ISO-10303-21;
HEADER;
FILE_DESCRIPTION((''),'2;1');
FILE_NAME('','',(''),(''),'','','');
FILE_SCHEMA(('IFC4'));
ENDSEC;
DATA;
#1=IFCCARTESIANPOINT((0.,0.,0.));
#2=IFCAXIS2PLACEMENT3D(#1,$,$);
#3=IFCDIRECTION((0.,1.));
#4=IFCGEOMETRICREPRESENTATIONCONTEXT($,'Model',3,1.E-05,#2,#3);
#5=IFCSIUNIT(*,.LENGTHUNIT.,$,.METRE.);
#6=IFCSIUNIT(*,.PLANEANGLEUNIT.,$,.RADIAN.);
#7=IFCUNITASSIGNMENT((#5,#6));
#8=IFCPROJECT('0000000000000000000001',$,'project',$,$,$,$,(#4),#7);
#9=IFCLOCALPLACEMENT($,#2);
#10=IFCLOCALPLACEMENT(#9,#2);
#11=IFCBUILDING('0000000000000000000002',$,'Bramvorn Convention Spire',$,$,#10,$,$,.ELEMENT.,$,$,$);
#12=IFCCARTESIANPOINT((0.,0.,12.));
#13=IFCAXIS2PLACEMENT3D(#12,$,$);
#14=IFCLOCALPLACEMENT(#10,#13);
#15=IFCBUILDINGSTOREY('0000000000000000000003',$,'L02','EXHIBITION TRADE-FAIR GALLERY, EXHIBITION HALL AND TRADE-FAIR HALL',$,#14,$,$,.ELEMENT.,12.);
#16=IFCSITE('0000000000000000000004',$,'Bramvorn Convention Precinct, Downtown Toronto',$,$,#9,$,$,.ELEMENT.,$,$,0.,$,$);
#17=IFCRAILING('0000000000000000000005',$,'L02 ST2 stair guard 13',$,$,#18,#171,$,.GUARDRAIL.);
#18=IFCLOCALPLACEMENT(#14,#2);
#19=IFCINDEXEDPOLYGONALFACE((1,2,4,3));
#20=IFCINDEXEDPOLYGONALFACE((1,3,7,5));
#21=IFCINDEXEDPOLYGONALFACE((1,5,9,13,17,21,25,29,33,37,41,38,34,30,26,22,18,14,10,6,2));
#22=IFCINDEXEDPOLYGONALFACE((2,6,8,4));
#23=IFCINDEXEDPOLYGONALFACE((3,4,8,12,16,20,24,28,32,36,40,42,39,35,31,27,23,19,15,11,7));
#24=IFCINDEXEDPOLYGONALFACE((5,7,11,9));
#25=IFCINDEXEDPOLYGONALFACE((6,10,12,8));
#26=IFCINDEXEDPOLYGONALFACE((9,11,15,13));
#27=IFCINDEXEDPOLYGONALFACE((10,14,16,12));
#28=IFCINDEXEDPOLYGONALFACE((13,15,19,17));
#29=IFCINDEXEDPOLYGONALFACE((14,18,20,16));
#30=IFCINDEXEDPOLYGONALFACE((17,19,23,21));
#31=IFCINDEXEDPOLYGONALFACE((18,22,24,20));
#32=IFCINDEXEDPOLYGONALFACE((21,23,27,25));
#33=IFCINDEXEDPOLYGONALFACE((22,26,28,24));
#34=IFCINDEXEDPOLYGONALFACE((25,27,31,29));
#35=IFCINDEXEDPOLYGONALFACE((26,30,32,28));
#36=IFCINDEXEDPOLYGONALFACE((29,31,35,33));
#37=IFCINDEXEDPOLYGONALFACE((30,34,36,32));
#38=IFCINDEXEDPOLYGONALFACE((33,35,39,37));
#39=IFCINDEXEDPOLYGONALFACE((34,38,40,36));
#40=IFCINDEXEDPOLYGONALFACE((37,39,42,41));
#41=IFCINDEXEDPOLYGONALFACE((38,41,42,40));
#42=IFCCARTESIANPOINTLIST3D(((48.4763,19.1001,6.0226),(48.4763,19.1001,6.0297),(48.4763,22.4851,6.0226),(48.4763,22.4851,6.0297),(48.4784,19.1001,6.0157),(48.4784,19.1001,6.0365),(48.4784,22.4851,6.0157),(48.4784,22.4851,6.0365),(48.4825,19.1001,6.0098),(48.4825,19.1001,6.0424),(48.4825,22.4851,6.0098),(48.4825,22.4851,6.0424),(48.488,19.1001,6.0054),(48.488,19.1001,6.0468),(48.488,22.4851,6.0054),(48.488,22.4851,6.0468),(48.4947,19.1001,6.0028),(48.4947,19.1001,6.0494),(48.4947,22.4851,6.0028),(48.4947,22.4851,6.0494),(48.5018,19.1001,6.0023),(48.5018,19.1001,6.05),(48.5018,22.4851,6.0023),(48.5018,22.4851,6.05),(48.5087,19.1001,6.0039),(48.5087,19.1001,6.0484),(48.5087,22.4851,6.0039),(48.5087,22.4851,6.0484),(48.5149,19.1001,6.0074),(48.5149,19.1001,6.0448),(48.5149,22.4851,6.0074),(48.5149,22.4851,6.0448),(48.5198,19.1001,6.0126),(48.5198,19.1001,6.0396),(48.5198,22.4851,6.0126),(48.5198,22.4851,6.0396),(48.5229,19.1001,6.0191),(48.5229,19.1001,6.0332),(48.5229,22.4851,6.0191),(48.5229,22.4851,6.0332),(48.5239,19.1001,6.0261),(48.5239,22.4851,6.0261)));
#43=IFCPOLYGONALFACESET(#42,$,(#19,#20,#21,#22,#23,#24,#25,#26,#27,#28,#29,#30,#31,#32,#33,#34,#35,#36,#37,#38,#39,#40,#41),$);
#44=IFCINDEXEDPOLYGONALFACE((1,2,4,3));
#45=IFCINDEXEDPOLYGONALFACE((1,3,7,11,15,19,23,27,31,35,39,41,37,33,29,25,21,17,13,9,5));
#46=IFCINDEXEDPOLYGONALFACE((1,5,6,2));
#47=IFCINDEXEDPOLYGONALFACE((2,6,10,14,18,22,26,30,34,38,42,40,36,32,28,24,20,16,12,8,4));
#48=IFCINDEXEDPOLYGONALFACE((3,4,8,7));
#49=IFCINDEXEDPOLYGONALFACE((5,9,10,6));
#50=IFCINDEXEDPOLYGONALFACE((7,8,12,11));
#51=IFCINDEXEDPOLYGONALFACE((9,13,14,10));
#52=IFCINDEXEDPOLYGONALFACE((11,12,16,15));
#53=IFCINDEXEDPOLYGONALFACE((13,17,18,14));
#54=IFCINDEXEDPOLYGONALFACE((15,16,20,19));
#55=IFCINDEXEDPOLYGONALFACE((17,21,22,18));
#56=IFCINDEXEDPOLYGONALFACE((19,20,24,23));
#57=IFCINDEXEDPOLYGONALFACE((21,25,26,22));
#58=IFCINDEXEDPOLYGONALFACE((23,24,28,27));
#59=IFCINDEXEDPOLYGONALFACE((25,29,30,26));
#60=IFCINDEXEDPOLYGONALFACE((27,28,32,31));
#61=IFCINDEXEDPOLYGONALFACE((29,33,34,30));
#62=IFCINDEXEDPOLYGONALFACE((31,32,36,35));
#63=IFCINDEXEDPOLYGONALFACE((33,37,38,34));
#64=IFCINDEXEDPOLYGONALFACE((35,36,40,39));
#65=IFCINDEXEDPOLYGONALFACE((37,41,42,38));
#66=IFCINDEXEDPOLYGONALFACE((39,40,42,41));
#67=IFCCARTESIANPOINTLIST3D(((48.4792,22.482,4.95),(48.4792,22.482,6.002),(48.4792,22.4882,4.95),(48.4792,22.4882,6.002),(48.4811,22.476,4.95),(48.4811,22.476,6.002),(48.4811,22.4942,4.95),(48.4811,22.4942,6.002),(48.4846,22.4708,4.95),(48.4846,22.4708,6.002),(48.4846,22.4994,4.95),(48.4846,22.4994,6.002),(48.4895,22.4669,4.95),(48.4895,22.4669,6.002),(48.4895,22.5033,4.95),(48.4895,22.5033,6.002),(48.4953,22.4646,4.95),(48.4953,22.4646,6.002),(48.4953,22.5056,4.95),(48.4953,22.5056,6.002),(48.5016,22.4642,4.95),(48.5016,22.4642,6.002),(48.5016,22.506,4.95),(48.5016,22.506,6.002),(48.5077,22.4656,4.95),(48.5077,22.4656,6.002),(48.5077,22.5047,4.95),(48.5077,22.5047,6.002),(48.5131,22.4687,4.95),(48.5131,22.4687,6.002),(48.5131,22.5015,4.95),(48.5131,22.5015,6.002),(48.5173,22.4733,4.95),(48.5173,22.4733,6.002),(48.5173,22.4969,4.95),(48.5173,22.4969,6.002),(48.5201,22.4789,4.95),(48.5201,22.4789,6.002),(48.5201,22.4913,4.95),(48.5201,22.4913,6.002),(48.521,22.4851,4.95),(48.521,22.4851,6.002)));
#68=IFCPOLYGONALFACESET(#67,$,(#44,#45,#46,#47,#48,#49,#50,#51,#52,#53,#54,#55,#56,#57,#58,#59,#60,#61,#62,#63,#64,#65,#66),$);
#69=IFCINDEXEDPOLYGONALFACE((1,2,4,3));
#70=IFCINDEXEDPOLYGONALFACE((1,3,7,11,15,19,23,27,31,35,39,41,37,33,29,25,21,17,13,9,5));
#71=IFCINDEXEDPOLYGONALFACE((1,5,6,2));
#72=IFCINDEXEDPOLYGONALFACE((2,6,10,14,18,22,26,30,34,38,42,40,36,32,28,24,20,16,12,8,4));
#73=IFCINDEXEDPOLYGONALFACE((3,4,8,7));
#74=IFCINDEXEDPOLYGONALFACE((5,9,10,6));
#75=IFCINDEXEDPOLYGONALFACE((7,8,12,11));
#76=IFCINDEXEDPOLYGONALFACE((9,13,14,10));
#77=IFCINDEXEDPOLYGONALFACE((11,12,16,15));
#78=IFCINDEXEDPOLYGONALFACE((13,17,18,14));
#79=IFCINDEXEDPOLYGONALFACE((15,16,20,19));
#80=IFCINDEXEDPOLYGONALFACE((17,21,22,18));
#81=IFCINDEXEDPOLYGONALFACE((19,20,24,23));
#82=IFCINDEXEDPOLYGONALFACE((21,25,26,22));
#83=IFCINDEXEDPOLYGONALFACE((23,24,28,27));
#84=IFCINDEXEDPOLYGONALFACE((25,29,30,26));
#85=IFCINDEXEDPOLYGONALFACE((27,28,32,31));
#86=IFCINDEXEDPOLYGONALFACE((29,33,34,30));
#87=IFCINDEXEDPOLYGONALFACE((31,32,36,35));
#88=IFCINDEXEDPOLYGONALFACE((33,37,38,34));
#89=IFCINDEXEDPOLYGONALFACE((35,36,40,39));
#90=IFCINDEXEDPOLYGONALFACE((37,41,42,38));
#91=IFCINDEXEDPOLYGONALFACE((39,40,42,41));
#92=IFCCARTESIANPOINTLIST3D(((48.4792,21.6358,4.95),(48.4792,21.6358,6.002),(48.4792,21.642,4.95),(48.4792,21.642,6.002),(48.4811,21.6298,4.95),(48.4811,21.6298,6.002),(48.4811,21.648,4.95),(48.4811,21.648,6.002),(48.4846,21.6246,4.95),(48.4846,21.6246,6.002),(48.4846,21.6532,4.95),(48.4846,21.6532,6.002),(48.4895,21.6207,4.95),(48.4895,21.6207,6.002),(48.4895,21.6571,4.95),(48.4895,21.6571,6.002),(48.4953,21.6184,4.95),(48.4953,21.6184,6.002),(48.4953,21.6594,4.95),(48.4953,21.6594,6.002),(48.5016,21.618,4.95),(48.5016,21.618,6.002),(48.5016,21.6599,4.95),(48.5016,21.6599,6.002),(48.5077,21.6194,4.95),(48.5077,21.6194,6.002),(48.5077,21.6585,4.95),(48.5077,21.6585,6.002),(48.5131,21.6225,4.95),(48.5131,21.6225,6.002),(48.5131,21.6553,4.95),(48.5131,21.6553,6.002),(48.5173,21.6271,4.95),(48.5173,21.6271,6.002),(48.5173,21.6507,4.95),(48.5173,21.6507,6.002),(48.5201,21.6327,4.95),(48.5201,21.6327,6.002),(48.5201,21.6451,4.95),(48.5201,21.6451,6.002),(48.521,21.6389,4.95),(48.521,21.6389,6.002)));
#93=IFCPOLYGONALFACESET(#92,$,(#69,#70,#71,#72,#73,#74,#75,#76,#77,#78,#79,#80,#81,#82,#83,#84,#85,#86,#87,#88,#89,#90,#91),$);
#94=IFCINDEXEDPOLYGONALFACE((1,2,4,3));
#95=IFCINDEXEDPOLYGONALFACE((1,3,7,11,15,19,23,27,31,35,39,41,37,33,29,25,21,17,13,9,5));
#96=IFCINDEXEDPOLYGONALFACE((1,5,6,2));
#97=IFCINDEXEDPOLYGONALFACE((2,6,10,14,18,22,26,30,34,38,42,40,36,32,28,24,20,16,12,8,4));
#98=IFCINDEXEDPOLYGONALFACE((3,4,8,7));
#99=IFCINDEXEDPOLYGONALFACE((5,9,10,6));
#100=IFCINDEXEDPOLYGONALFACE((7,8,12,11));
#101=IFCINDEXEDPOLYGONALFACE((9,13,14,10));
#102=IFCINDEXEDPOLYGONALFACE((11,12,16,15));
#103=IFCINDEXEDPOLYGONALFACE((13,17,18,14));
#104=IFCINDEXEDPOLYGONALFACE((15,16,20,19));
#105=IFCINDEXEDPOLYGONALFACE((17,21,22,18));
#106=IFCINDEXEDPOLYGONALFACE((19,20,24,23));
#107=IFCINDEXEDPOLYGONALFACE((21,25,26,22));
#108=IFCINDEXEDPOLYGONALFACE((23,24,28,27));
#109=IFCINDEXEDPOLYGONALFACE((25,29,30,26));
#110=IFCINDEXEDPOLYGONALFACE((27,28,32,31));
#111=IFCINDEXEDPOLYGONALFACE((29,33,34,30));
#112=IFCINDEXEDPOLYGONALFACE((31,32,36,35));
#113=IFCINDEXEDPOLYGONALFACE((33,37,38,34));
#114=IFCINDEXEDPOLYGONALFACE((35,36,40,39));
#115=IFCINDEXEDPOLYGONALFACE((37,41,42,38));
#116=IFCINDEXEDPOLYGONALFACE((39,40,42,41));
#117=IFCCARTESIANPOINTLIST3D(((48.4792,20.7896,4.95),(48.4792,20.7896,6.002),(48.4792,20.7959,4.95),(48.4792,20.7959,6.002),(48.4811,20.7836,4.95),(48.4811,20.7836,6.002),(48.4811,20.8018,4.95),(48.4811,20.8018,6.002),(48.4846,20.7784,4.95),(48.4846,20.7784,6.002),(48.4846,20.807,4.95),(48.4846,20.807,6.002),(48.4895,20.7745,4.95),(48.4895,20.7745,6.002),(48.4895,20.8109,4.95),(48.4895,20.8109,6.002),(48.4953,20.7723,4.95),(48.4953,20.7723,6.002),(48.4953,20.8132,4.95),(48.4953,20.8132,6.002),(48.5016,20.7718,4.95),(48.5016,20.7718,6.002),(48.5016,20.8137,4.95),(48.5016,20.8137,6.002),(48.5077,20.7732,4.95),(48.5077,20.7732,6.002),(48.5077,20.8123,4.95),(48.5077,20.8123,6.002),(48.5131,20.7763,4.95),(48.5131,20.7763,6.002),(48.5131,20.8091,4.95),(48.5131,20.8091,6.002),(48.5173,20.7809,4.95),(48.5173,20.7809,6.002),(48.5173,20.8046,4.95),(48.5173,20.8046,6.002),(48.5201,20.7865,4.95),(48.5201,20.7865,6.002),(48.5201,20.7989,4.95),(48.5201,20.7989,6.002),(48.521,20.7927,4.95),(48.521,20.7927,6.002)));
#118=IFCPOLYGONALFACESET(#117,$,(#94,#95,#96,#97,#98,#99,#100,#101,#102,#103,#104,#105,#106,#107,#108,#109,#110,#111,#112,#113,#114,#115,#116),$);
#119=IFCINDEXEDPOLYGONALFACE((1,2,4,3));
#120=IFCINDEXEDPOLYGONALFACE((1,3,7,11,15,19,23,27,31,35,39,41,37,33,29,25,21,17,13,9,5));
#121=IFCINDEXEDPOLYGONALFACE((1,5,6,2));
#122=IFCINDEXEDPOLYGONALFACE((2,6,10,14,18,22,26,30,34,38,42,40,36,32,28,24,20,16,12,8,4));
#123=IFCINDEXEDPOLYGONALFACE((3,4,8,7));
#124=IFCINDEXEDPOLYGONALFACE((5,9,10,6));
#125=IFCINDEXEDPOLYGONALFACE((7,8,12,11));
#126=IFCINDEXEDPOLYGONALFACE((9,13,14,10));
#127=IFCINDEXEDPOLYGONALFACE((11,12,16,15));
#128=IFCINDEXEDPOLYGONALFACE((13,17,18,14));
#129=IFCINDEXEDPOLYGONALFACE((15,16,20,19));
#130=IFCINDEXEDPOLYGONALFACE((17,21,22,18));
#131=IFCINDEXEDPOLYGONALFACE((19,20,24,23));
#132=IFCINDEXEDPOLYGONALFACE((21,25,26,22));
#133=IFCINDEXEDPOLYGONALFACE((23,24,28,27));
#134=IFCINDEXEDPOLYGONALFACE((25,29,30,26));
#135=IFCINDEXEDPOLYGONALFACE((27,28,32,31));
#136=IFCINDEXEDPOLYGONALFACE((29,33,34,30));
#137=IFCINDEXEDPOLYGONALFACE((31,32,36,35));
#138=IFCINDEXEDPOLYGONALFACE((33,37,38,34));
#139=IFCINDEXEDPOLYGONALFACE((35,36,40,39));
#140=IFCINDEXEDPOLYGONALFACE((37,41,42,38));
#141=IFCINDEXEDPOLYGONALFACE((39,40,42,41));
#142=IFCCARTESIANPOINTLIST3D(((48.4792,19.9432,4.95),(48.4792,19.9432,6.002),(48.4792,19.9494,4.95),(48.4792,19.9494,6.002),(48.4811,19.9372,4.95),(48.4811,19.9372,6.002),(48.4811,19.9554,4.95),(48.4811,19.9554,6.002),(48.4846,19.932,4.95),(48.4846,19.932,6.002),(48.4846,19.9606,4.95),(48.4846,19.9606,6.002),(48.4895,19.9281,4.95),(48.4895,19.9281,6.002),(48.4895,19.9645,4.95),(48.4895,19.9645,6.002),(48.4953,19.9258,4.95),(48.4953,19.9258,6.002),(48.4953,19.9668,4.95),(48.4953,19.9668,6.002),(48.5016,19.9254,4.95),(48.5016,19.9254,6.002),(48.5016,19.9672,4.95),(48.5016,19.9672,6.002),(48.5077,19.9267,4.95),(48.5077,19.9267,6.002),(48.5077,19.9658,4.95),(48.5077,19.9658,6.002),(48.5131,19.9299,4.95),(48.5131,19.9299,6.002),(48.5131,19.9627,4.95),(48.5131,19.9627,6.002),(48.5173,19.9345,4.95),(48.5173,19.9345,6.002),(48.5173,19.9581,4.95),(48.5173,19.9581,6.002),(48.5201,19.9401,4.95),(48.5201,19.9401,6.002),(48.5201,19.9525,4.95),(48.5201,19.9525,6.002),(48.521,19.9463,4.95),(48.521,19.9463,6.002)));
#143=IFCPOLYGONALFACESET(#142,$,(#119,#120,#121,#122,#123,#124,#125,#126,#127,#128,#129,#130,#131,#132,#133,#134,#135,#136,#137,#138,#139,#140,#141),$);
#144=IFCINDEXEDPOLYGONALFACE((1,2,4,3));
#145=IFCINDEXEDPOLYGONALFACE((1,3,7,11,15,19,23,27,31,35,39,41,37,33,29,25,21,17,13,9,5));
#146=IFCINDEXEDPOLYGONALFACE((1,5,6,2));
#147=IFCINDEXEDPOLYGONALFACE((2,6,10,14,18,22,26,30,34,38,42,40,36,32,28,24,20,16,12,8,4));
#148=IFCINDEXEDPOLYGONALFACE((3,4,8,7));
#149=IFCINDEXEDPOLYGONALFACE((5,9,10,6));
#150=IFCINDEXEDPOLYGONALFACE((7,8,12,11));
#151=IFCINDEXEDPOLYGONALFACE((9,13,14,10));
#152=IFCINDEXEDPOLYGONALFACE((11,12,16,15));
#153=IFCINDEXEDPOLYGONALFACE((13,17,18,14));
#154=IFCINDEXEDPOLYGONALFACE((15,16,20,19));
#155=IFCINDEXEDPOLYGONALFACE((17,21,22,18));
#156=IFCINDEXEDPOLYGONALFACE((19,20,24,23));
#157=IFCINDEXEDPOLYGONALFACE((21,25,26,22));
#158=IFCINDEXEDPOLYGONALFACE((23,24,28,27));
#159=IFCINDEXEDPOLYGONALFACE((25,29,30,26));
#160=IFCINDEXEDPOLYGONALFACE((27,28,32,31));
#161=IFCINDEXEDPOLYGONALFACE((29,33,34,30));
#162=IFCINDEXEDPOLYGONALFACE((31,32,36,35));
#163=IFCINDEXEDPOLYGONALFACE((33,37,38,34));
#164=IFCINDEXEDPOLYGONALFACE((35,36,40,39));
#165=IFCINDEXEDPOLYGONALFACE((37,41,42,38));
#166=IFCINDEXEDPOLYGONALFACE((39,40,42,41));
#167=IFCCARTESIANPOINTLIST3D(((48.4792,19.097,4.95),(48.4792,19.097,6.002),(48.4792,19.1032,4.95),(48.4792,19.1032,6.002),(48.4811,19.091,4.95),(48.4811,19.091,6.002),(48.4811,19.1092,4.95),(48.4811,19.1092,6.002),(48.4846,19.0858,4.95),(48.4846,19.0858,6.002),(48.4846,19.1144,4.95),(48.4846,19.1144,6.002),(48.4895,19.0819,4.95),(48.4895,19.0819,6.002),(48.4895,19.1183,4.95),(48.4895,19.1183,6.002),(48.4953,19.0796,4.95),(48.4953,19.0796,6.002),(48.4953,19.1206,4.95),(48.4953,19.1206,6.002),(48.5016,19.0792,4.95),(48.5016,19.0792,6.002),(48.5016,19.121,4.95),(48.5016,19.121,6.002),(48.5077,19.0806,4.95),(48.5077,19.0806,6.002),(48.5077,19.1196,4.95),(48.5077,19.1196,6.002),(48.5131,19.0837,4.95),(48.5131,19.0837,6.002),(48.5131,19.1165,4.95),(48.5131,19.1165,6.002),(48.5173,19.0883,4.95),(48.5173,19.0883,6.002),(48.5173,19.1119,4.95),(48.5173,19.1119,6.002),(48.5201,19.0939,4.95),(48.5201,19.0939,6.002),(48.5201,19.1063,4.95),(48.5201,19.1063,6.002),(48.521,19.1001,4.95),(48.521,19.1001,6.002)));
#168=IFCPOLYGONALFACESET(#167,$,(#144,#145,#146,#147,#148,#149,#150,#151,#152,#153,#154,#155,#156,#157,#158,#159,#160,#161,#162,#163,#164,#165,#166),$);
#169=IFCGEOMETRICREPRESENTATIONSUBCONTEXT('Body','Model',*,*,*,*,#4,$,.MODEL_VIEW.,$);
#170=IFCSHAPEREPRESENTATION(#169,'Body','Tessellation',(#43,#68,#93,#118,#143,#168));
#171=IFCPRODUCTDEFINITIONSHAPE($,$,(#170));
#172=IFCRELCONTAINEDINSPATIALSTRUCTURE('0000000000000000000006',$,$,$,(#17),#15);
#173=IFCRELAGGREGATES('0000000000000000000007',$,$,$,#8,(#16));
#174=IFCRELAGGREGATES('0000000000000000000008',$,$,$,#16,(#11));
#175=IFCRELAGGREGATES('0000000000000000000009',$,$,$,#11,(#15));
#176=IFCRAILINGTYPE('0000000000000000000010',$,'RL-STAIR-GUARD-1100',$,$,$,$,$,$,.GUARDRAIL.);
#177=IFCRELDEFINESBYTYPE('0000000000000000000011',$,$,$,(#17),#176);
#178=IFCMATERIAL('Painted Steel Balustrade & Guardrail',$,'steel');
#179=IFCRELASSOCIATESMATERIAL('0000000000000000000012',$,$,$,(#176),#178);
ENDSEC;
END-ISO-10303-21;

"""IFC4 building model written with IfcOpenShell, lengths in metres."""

from ifc_helpers import new_model, si_unit, direction, frame, origin, origin_2d, place, context, subcontext, project, spatial, circle, extrude, material, type_object, element, save


model = new_model("IFC4")

# Units and contexts
model_context = context("Model", 3, precision=1e-05, world=origin(), true_north=direction((0.0, 1.0)))
body_context = subcontext(model_context, "Body", "Model", "MODEL_VIEW")
ifc_project = project(units=[si_unit("LENGTHUNIT", "METRE"), si_unit("PLANEANGLEUNIT", "RADIAN")], contexts=[model_context])

# Site, building, storey
site_placement = place(None, origin())
site = spatial("IfcSite", under=ifc_project, at=site_placement, Name="Bramvorn Convention Precinct, Downtown Toronto", CompositionType="ELEMENT", RefElevation=0.0)
building_placement = place(site_placement, origin())
building = spatial("IfcBuilding", under=site, at=building_placement, Name="Bramvorn Convention Spire", CompositionType="ELEMENT")
storey_placement = place(building_placement, frame((0.0, 0.0, 12.0)))
storey = spatial("IfcBuildingStorey", under=building, at=storey_placement, Name="L02", Description="EXHIBITION TRADE-FAIR GALLERY, EXHIBITION HALL AND TRADE-FAIR HALL", CompositionType="ELEMENT", Elevation=12.0)

# Railing
ifc_material_1 = material(Name="Painted Steel Balustrade & Guardrail", Category="steel")
railing_type_1 = type_object("IfcRailingType", Name="RL-STAIR-GUARD-1100", PredefinedType="GUARDRAIL", material=ifc_material_1)
for number, where, name in (
    (1, (48.5, 22.4851, 4.95), "L02 ST2 stair guard 13"),
):
    element("IfcRailing", number, at=place(storey_placement, frame(where)), inside=storey, type_object=railing_type_1, Name=name, PredefinedType="GUARDRAIL", context=body_context, shape_type="SweptSolid", body=[
        extrude(circle(Radius=0.0239, at=origin_2d()), frame((0.0, 0.0, 1.0762), z_axis=(0.0, -1.0, 0.0), x_axis=(1.0, 0.0, 0.0)), (0.0, 0.0, 1.0), 3.385),
        extrude(circle(Radius=0.021, at=origin_2d()), origin(), (0.0, 0.0, 1.0), 1.052),
        extrude(circle(Radius=0.021, at=origin_2d()), frame((0.0, -0.8462, 0.0)), (0.0, 0.0, 1.0), 1.052),
        extrude(circle(Radius=0.021, at=origin_2d()), frame((0.0, -1.6924, 0.0)), (0.0, 0.0, 1.0), 1.052),
        extrude(circle(Radius=0.021, at=origin_2d()), frame((0.0, -2.5388, 0.0)), (0.0, 0.0, 1.0), 1.052),
        extrude(circle(Radius=0.021, at=origin_2d()), frame((0.0, -3.385, 0.0)), (0.0, 0.0, 1.0), 1.052),
    ])

save(model, "model.ifc")
